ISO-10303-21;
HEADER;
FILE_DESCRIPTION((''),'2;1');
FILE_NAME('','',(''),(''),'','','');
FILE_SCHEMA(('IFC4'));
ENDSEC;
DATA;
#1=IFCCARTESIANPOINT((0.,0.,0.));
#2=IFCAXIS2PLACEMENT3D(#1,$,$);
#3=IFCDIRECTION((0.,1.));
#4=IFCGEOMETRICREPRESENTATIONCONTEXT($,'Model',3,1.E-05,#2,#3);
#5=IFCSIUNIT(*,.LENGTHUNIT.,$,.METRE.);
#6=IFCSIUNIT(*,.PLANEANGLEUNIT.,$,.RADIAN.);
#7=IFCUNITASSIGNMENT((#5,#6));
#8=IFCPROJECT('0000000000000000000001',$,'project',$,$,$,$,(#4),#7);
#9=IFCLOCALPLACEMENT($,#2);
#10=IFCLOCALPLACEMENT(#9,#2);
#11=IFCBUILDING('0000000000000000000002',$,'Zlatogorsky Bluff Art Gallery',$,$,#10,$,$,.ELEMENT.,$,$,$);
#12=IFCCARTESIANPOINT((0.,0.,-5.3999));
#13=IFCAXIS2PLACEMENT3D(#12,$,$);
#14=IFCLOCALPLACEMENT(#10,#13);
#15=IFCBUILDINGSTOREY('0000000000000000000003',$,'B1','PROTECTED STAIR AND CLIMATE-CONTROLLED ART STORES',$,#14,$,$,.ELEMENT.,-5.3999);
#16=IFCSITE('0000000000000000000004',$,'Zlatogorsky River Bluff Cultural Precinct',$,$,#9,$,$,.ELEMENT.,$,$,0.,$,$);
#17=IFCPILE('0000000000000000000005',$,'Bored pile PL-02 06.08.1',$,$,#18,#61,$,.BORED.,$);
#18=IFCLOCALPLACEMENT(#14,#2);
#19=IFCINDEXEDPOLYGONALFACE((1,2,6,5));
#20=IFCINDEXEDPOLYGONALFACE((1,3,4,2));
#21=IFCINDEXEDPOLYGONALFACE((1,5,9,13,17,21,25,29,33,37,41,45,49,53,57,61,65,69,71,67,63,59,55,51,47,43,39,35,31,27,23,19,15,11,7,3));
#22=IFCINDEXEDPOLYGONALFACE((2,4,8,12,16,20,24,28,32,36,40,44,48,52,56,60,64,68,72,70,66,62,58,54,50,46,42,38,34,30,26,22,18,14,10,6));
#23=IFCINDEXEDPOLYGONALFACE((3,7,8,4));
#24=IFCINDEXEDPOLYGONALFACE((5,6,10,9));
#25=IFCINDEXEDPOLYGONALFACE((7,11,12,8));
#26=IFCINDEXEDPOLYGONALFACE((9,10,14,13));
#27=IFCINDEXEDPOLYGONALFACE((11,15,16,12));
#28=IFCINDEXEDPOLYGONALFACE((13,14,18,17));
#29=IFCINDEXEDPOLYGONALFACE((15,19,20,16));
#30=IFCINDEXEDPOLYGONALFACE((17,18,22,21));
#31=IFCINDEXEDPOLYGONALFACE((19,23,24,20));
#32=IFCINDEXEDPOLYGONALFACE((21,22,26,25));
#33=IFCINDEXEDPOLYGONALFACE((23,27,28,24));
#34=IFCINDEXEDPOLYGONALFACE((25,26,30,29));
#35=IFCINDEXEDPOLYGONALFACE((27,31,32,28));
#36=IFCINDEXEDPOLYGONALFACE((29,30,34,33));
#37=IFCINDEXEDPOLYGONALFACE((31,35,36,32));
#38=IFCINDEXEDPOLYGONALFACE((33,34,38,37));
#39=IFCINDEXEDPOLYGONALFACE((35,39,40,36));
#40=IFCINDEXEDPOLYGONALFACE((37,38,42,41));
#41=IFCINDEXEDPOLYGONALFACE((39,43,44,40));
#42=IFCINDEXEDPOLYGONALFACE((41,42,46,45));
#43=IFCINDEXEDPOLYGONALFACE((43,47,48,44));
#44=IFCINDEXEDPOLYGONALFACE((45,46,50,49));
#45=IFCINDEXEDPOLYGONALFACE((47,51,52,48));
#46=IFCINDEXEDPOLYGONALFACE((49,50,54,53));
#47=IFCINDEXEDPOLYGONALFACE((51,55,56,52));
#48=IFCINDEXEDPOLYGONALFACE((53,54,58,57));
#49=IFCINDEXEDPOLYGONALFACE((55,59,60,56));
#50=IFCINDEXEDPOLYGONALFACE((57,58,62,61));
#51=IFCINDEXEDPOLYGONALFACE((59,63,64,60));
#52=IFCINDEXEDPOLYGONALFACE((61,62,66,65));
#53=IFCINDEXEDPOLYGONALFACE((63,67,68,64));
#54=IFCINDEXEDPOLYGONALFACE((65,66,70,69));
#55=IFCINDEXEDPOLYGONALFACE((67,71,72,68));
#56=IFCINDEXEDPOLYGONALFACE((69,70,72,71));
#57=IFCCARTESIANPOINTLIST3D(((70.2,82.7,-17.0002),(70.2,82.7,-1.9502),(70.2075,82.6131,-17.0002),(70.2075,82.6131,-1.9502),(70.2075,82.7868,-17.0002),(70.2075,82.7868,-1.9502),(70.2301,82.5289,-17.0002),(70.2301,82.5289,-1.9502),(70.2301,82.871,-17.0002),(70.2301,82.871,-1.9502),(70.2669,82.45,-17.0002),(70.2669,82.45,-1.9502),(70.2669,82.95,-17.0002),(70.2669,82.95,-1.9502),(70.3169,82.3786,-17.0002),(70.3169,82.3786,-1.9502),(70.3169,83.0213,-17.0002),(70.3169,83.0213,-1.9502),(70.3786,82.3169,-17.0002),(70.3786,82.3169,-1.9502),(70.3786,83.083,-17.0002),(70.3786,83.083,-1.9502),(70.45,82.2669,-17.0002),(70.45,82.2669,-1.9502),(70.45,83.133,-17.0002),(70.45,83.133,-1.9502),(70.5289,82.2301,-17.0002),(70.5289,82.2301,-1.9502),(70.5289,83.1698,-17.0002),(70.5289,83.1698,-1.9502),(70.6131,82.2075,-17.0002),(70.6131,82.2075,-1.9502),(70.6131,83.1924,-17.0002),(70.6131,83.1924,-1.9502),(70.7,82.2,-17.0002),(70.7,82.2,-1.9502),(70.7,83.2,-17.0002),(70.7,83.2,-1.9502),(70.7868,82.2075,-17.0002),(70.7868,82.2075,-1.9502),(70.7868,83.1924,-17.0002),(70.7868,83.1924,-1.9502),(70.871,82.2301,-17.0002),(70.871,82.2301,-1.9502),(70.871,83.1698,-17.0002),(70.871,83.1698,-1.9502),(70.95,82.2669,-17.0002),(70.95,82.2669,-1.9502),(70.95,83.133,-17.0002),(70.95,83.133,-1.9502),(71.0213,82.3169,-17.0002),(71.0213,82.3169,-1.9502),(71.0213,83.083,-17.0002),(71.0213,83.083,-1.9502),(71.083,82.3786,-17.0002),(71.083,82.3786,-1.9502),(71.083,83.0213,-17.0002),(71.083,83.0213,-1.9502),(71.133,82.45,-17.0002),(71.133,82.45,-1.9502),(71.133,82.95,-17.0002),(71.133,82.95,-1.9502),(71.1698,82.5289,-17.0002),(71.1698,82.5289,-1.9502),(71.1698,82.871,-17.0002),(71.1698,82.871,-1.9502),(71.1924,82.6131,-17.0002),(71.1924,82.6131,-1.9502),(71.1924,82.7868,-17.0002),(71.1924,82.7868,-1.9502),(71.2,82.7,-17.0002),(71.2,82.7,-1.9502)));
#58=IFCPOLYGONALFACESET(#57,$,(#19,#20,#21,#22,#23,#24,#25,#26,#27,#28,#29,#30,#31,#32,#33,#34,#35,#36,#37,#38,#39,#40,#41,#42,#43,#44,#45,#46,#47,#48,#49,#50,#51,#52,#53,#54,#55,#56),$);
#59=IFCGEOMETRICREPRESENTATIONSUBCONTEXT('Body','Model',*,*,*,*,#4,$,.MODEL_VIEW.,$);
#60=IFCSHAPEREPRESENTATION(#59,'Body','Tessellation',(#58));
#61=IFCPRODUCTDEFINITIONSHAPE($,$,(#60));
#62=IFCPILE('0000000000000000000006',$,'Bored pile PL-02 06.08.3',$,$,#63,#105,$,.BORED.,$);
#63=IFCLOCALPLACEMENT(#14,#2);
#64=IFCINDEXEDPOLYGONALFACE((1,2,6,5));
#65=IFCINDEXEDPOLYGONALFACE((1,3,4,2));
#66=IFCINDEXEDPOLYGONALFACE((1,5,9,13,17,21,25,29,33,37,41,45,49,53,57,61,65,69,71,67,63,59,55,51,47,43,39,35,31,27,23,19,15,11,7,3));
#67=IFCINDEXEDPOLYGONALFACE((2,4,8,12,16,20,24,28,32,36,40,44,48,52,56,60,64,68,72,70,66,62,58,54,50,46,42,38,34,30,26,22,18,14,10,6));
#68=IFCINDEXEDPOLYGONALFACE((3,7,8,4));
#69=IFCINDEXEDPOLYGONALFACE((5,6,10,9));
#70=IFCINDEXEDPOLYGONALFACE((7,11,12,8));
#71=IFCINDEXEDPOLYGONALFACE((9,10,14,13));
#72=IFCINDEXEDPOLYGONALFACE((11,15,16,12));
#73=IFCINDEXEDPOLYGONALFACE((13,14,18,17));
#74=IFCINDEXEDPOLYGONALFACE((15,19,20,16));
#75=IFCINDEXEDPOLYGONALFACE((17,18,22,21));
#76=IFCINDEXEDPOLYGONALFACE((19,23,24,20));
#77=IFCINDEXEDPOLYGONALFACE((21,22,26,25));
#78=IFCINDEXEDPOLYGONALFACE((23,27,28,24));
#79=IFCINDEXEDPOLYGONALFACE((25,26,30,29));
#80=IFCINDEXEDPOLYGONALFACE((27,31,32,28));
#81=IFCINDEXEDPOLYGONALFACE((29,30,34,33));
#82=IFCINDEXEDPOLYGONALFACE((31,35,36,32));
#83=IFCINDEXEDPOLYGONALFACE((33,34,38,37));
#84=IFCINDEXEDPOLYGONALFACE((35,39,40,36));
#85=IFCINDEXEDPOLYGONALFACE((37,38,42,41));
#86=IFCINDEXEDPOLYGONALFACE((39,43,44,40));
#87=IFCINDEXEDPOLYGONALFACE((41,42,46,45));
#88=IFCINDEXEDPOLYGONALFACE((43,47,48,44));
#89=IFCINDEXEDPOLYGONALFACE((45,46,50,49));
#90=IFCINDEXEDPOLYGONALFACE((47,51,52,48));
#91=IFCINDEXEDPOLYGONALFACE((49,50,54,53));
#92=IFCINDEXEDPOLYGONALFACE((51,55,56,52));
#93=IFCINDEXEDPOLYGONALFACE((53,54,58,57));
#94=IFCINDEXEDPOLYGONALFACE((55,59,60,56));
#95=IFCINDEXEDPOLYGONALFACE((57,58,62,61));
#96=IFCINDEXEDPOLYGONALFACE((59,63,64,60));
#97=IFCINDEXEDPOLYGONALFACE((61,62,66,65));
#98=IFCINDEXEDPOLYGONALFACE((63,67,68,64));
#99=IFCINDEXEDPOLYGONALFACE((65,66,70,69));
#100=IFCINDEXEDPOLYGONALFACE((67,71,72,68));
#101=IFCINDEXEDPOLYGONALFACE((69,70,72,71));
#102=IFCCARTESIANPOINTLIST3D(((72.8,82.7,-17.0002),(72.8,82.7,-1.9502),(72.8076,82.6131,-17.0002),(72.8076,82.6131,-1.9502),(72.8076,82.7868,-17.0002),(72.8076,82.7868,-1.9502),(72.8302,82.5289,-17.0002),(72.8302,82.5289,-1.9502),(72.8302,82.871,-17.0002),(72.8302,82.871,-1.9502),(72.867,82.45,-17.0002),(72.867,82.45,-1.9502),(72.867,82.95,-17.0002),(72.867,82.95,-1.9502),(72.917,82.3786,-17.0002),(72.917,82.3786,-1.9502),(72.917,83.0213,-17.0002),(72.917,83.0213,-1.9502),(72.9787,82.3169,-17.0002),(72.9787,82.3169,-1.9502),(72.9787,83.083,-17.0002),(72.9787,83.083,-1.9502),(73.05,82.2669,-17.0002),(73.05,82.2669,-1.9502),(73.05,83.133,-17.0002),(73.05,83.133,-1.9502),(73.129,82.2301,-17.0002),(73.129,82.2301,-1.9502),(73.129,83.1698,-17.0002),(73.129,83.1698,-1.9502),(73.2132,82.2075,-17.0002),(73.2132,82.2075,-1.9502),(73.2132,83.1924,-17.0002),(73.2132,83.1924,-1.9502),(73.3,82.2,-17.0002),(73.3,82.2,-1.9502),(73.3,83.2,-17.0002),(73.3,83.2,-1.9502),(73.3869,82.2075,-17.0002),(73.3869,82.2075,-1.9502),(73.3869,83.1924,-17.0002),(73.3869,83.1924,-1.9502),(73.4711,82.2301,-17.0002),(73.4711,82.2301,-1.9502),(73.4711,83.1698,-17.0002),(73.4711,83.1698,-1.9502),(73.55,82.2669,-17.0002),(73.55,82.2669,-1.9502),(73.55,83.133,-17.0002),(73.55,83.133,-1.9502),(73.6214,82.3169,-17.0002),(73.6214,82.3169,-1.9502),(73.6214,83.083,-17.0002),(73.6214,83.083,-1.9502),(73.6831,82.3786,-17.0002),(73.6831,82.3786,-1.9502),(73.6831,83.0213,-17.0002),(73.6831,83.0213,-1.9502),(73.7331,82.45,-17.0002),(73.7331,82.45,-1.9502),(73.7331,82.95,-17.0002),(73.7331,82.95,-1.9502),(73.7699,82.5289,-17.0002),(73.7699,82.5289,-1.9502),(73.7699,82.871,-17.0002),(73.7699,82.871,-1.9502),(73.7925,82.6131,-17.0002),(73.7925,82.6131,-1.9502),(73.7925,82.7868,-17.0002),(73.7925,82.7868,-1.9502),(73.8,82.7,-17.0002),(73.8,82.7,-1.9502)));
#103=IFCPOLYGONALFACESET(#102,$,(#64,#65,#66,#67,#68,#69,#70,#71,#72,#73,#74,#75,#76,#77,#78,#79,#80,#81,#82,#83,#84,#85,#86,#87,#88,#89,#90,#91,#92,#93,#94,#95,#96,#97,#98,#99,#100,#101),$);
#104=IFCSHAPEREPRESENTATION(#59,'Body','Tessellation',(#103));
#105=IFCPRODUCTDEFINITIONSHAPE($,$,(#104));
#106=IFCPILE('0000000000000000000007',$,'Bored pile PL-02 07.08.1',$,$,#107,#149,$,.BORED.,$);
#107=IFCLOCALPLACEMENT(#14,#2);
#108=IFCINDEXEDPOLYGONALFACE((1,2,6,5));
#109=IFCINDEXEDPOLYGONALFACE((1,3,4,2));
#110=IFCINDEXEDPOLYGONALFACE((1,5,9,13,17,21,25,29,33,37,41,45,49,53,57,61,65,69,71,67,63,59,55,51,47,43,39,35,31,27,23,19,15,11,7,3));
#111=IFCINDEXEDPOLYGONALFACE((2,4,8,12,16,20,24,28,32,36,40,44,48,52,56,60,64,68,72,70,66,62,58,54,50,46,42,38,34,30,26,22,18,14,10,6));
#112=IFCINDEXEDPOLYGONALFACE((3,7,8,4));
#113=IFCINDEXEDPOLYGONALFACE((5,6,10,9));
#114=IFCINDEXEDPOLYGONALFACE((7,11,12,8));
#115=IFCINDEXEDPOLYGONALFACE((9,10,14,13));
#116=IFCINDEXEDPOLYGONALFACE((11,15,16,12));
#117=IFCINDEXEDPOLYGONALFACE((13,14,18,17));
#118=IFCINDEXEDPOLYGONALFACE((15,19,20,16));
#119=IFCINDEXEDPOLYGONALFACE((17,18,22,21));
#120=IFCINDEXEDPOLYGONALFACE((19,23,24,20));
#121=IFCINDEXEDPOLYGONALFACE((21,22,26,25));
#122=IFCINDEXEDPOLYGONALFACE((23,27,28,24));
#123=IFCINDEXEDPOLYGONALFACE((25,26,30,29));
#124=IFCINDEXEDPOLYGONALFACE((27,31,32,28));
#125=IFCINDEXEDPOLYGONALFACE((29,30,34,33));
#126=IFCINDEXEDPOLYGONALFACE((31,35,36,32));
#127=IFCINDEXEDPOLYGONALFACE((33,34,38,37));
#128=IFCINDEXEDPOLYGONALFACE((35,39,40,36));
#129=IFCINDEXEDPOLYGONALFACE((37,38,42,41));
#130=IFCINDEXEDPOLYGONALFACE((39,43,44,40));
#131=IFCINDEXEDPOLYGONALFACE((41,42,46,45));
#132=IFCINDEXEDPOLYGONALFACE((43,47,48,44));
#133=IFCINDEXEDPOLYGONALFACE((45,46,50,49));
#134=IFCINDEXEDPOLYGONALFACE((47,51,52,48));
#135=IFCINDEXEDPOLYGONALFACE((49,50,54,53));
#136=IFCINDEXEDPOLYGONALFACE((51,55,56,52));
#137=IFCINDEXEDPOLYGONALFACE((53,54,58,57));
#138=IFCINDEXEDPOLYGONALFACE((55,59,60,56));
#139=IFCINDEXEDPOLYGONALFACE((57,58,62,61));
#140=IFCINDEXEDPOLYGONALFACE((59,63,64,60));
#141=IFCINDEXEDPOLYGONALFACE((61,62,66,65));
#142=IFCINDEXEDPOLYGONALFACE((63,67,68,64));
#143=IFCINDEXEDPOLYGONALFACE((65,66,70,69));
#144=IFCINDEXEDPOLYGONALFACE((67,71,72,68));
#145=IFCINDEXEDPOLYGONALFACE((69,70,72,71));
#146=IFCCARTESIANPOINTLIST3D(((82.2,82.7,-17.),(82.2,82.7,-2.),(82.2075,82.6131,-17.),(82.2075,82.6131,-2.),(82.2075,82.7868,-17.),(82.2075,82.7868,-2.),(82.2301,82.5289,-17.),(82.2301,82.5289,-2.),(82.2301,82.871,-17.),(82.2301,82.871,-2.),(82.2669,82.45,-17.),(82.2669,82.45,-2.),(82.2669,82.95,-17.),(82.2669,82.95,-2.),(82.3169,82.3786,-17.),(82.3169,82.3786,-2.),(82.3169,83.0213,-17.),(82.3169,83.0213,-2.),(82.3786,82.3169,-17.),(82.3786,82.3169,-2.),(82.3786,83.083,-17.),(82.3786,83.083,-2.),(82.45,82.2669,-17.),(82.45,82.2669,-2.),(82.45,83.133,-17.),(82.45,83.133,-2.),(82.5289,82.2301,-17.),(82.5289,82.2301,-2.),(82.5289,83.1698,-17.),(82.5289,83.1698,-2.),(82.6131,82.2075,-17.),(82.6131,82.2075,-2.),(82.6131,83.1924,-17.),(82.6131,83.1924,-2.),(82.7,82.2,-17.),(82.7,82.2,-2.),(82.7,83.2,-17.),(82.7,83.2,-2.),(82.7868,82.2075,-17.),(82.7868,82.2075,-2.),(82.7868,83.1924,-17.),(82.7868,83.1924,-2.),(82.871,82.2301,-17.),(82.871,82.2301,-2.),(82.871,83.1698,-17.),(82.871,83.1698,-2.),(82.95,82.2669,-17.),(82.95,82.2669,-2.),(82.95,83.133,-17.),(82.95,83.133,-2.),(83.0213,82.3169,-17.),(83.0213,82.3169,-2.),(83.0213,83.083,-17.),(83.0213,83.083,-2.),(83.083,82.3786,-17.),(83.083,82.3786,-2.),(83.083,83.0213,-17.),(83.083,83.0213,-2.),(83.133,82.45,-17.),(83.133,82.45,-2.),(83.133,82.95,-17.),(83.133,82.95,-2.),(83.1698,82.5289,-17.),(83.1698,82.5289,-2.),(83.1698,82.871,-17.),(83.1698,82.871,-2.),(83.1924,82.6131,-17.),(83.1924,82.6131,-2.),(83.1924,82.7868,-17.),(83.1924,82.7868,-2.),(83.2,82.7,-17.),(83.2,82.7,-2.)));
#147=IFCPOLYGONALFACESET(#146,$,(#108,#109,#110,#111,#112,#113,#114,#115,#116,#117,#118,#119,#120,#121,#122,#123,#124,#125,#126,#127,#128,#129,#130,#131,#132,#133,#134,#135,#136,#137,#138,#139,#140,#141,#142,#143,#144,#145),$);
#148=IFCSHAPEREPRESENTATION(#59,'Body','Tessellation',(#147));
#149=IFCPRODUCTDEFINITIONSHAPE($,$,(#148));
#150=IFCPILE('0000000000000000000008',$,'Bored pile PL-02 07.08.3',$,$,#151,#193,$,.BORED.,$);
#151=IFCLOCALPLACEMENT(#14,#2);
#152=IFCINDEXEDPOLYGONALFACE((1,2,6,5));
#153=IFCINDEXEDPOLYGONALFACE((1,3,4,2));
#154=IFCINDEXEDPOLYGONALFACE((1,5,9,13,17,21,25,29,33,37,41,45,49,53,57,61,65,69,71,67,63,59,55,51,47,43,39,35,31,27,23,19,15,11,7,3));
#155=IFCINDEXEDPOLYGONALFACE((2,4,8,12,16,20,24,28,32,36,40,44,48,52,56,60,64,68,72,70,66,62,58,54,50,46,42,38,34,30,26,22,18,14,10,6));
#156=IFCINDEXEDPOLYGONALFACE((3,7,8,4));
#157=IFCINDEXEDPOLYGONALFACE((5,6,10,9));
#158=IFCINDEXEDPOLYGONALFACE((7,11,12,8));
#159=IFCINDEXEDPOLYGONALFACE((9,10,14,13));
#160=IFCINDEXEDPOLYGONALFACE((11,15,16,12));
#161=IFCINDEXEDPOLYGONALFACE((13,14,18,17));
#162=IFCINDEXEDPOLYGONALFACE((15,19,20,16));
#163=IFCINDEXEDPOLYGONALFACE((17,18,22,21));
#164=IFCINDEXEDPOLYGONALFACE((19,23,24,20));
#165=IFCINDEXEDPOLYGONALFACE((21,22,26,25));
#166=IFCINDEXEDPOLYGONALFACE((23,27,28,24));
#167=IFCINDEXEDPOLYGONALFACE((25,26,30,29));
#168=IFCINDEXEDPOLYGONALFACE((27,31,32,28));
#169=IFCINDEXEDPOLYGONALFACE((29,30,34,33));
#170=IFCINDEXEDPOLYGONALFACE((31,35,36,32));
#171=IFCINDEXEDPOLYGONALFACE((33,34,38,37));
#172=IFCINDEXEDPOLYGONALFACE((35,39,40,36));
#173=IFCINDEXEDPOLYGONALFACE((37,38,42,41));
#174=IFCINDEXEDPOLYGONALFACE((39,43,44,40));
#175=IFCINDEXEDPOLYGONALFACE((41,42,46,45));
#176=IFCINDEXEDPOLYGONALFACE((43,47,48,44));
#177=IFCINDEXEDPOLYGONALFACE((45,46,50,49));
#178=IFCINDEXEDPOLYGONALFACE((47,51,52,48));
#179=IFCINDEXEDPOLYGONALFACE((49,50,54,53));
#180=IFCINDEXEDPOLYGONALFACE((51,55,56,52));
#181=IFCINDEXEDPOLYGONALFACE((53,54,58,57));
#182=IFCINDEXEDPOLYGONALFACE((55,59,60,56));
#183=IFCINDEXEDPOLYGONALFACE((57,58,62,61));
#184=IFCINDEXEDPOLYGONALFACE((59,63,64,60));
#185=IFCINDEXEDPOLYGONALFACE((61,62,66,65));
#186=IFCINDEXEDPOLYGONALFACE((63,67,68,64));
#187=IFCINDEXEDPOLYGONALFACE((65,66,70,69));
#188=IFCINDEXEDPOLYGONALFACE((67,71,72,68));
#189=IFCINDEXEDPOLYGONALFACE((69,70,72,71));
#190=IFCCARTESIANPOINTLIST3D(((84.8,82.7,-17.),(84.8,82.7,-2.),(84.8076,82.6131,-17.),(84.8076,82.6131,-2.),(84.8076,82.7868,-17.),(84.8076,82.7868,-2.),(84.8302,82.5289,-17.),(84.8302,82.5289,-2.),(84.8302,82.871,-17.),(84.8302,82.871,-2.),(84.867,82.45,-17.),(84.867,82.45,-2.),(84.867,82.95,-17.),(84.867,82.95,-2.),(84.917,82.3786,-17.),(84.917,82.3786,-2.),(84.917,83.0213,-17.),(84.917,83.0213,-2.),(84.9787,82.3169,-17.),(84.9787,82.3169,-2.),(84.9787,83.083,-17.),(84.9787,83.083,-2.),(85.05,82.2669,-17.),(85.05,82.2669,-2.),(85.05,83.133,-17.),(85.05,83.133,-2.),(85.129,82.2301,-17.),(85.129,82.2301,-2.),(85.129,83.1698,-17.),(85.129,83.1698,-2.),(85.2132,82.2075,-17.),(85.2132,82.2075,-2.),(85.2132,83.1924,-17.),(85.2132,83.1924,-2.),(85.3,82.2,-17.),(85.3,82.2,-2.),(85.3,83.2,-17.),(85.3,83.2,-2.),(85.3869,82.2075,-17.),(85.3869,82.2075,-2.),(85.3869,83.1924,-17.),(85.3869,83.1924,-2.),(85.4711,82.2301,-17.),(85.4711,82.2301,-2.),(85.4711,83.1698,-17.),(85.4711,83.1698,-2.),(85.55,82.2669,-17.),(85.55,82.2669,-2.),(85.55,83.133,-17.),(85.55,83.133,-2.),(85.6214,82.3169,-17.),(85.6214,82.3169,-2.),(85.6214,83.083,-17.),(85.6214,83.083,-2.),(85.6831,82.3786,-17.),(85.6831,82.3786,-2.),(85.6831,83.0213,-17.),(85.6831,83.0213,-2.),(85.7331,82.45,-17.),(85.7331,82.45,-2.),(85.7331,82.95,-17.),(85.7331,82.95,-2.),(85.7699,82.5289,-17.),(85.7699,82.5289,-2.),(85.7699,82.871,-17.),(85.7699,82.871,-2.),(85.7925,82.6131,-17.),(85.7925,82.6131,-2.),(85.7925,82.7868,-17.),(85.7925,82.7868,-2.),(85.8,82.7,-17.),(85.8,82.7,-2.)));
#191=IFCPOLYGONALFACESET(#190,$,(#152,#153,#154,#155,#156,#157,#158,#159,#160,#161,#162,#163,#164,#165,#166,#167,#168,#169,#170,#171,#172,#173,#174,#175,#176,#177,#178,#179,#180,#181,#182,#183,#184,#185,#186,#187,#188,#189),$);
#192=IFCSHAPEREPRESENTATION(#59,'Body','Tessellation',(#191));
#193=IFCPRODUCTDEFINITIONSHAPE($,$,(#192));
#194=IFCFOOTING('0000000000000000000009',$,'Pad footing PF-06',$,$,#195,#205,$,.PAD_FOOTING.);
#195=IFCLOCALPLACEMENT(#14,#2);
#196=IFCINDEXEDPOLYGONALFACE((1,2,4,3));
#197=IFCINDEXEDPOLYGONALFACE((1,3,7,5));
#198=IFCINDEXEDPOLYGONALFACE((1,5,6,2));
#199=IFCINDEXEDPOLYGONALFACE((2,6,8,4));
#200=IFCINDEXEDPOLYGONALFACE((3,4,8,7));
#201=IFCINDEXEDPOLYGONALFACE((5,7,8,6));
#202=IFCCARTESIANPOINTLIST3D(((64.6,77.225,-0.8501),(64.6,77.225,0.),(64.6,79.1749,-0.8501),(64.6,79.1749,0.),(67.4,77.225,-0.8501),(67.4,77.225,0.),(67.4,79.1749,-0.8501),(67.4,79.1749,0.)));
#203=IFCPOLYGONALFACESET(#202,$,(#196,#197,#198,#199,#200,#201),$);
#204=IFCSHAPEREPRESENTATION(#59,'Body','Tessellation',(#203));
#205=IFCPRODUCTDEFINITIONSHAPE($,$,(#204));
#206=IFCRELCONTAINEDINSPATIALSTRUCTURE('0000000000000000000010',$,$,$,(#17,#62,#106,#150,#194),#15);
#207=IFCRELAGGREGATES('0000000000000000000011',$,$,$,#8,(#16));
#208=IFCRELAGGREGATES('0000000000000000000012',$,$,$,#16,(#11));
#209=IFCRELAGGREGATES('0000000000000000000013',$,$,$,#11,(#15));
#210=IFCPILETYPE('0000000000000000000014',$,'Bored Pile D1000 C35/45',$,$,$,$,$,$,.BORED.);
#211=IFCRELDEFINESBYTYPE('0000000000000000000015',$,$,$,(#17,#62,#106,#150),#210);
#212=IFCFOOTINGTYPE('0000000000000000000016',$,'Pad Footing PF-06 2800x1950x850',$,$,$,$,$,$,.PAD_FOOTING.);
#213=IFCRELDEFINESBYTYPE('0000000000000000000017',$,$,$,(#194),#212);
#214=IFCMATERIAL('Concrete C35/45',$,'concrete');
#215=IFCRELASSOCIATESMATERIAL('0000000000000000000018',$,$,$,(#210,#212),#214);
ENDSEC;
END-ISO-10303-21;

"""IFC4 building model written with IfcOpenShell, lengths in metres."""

from ifc_helpers import new_model, si_unit, direction, frame, origin, origin_2d, place, context, subcontext, project, spatial, rectangle, circle, extrude, material, material_profile, profile_set, type_object, element, save


model = new_model("IFC4")

# Units and contexts
model_context = context("Model", 3, precision=1e-05, world=origin(), true_north=direction((0.0, 1.0)))
body_context = subcontext(model_context, "Body", "Model", "MODEL_VIEW")
ifc_project = project(units=[si_unit("LENGTHUNIT", "METRE"), si_unit("PLANEANGLEUNIT", "RADIAN")], contexts=[model_context])

# Site, building, storey
site_placement = place(None, origin())
site = spatial("IfcSite", under=ifc_project, at=site_placement, Name="Zlatogorsky River Bluff Cultural Precinct", CompositionType="ELEMENT", RefElevation=0.0)
building_placement = place(site_placement, origin())
building = spatial("IfcBuilding", under=site, at=building_placement, Name="Zlatogorsky Bluff Art Gallery", CompositionType="ELEMENT")
storey_placement = place(building_placement, frame((0.0, 0.0, -5.3999)))
storey = spatial("IfcBuildingStorey", under=building, at=storey_placement, Name="B1", Description="PROTECTED STAIR AND CLIMATE-CONTROLLED ART STORES", CompositionType="ELEMENT", Elevation=-5.3999)

# Piles
ifc_material_1 = material(Name="Concrete C35/45", Category="concrete")
ifc_material_profile_1 = material_profile(ifc_material_1, circle(Radius=0.5, at=origin_2d()), Name="BORED PILE D1000")
ifc_profile_set_1 = profile_set([ifc_material_profile_1], Name="Concrete C35/45")
pile_type = type_object("IfcPileType", Name="Bored Pile D1000 C35/45", PredefinedType="BORED", material=ifc_profile_set_1)
for number, where, z_axis, x_axis, name in (
    (1, (70.7, 82.7, -1.9502), (0.0, 0.0, -1.0), (1.0, 0.0, 0.0), "Bored pile PL-02 06.08.1"),
    (2, (73.3, 82.7, -1.9502), (0.0, 0.0, -1.0), (1.0, 0.0, 0.0), "Bored pile PL-02 06.08.3"),
):
    element("IfcPile", number, at=place(storey_placement, frame(where, z_axis=z_axis, x_axis=x_axis)), inside=storey, type_object=pile_type, Name=name, PredefinedType="BORED", context=body_context, shape_type="SweptSolid", body=[
        extrude(circle(Radius=0.5, at=origin_2d()), origin(), (0.0, 0.0, 1.0), 15.05),
    ])
for number, where, z_axis, x_axis, name in (
    (3, (82.7, 82.7, -2.0), (0.0, 0.0, -1.0), (1.0, 0.0, 0.0), "Bored pile PL-02 07.08.1"),
    (4, (85.3, 82.7, -2.0), (0.0, 0.0, -1.0), (1.0, 0.0, 0.0), "Bored pile PL-02 07.08.3"),
):
    element("IfcPile", number, at=place(storey_placement, frame(where, z_axis=z_axis, x_axis=x_axis)), inside=storey, type_object=pile_type, Name=name, PredefinedType="BORED", context=body_context, shape_type="SweptSolid", body=[
        extrude(circle(Radius=0.5, at=origin_2d()), origin(), (0.0, 0.0, 1.0), 15.0),
    ])

# Footing
footing_type_1 = type_object("IfcFootingType", Name="Pad Footing PF-06 2800x1950x850", PredefinedType="PAD_FOOTING", material=ifc_material_1)
footing_1_placement = place(storey_placement, frame((66.0, 78.2, -0.8501), z_axis=(0.0, 0.0, 1.0), x_axis=(1.0, 0.0, 0.0)))
element("IfcFooting", 5, at=footing_1_placement, inside=storey, type_object=footing_type_1, Name="Pad footing PF-06", PredefinedType="PAD_FOOTING", context=body_context, shape_type="SweptSolid", body=[
    extrude(rectangle(XDim=2.8, YDim=1.95, at=origin_2d()), origin(), (0.0, 0.0, 1.0), 0.8501),
])

save(model, "model.ifc")
